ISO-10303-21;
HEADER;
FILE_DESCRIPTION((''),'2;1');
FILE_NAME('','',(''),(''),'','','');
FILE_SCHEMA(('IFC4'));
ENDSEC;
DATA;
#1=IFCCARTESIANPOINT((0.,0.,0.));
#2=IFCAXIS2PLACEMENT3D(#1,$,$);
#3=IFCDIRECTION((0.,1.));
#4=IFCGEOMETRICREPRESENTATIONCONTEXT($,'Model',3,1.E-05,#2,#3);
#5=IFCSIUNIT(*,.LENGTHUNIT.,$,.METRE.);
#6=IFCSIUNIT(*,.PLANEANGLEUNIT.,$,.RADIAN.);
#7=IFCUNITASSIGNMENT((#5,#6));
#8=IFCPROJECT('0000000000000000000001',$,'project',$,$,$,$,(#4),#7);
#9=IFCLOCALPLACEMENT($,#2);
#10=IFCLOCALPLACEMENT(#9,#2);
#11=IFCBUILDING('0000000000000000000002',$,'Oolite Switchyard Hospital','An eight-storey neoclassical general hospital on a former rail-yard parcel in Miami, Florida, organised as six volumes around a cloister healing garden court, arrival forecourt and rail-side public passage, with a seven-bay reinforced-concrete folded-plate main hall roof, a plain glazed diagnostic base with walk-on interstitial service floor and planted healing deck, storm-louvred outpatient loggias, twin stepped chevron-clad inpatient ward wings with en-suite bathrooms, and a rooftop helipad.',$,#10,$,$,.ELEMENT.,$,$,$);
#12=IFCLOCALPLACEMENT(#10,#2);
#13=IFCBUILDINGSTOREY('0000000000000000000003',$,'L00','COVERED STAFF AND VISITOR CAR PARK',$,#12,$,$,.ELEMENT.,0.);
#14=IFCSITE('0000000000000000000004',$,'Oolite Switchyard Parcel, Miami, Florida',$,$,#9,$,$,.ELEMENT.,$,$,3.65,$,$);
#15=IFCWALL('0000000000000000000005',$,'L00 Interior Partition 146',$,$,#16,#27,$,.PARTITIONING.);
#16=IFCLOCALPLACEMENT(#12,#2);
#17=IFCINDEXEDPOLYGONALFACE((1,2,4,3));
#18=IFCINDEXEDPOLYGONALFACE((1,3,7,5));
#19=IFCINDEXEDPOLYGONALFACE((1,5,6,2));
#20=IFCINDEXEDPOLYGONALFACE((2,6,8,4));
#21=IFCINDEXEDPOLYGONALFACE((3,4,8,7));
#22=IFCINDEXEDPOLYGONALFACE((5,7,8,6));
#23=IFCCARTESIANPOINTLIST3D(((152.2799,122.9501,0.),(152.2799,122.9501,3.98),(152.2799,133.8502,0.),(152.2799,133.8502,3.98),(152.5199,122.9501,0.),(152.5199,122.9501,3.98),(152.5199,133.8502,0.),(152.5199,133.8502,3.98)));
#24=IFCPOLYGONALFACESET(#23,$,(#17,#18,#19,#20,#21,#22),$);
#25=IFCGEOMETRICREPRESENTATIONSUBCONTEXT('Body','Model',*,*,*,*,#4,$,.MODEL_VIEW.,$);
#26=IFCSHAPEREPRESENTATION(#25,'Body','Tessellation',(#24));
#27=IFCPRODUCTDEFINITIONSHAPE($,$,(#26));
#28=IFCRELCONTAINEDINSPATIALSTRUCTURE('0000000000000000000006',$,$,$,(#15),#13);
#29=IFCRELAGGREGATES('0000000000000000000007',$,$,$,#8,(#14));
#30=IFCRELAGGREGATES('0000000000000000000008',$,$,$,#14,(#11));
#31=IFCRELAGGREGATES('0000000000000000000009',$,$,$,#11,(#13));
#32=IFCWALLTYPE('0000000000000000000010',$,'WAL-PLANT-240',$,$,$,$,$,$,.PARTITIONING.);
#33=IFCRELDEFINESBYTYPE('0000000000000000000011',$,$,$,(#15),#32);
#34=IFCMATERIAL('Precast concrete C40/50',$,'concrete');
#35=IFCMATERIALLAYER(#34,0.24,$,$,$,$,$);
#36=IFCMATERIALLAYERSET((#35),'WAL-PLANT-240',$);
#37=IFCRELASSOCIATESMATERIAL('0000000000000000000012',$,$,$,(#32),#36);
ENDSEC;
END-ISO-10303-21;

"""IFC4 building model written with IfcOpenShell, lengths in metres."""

from ifc_helpers import new_model, si_unit, direction, frame, frame_2d, origin, place, context, subcontext, project, spatial, rectangle, extrude, material, layer, layer_set, type_object, element, save


model = new_model("IFC4")

# Units and contexts
model_context = context("Model", 3, precision=1e-05, world=origin(), true_north=direction((0.0, 1.0)))
body_context = subcontext(model_context, "Body", "Model", "MODEL_VIEW")
ifc_project = project(units=[si_unit("LENGTHUNIT", "METRE"), si_unit("PLANEANGLEUNIT", "RADIAN")], contexts=[model_context])

# Site, building, storey
site_placement = place(None, origin())
site = spatial("IfcSite", under=ifc_project, at=site_placement, Name="Oolite Switchyard Parcel, Miami, Florida", CompositionType="ELEMENT", RefElevation=3.65)
building_placement = place(site_placement, origin())
building = spatial("IfcBuilding", under=site, at=building_placement, Name="Oolite Switchyard Hospital", Description="An eight-storey neoclassical general hospital on a former rail-yard parcel in Miami, Florida, organised as six volumes around a cloister healing garden court, arrival forecourt and rail-side public passage, with a seven-bay reinforced-concrete folded-plate main hall roof, a plain glazed diagnostic base with walk-on interstitial service floor and planted healing deck, storm-louvred outpatient loggias, twin stepped chevron-clad inpatient ward wings with en-suite bathrooms, and a rooftop helipad.", CompositionType="ELEMENT")
storey_placement = place(building_placement, origin())
storey = spatial("IfcBuildingStorey", under=building, at=storey_placement, Name="L00", Description="COVERED STAFF AND VISITOR CAR PARK", CompositionType="ELEMENT", Elevation=0.0)

# Shared definitions
ifc_material_1 = material(Name="Precast concrete C40/50", Category="concrete")
ifc_layer_1 = layer(ifc_material_1, 0.24)
ifc_layer_set_1 = layer_set([ifc_layer_1], Name="WAL-PLANT-240")
wall_type_1 = type_object("IfcWallType", Name="WAL-PLANT-240", PredefinedType="PARTITIONING", material=ifc_layer_set_1)

# Wall
wall_1_placement = place(storey_placement, frame((152.3999, 122.95, 0.0), z_axis=(0.0, 0.0, 1.0), x_axis=(0.0, 1.0, 0.0)))
element("IfcWall", 1, at=wall_1_placement, inside=storey, type_object=wall_type_1, Name="L00 Interior Partition 146", PredefinedType="PARTITIONING", context=body_context, shape_type="SweptSolid", body=[
    extrude(rectangle(XDim=10.9001, YDim=0.24, at=frame_2d((5.4502, 0.0))), origin(), (0.0, 0.0, 1.0), 3.98),
])

save(model, "model.ifc")
